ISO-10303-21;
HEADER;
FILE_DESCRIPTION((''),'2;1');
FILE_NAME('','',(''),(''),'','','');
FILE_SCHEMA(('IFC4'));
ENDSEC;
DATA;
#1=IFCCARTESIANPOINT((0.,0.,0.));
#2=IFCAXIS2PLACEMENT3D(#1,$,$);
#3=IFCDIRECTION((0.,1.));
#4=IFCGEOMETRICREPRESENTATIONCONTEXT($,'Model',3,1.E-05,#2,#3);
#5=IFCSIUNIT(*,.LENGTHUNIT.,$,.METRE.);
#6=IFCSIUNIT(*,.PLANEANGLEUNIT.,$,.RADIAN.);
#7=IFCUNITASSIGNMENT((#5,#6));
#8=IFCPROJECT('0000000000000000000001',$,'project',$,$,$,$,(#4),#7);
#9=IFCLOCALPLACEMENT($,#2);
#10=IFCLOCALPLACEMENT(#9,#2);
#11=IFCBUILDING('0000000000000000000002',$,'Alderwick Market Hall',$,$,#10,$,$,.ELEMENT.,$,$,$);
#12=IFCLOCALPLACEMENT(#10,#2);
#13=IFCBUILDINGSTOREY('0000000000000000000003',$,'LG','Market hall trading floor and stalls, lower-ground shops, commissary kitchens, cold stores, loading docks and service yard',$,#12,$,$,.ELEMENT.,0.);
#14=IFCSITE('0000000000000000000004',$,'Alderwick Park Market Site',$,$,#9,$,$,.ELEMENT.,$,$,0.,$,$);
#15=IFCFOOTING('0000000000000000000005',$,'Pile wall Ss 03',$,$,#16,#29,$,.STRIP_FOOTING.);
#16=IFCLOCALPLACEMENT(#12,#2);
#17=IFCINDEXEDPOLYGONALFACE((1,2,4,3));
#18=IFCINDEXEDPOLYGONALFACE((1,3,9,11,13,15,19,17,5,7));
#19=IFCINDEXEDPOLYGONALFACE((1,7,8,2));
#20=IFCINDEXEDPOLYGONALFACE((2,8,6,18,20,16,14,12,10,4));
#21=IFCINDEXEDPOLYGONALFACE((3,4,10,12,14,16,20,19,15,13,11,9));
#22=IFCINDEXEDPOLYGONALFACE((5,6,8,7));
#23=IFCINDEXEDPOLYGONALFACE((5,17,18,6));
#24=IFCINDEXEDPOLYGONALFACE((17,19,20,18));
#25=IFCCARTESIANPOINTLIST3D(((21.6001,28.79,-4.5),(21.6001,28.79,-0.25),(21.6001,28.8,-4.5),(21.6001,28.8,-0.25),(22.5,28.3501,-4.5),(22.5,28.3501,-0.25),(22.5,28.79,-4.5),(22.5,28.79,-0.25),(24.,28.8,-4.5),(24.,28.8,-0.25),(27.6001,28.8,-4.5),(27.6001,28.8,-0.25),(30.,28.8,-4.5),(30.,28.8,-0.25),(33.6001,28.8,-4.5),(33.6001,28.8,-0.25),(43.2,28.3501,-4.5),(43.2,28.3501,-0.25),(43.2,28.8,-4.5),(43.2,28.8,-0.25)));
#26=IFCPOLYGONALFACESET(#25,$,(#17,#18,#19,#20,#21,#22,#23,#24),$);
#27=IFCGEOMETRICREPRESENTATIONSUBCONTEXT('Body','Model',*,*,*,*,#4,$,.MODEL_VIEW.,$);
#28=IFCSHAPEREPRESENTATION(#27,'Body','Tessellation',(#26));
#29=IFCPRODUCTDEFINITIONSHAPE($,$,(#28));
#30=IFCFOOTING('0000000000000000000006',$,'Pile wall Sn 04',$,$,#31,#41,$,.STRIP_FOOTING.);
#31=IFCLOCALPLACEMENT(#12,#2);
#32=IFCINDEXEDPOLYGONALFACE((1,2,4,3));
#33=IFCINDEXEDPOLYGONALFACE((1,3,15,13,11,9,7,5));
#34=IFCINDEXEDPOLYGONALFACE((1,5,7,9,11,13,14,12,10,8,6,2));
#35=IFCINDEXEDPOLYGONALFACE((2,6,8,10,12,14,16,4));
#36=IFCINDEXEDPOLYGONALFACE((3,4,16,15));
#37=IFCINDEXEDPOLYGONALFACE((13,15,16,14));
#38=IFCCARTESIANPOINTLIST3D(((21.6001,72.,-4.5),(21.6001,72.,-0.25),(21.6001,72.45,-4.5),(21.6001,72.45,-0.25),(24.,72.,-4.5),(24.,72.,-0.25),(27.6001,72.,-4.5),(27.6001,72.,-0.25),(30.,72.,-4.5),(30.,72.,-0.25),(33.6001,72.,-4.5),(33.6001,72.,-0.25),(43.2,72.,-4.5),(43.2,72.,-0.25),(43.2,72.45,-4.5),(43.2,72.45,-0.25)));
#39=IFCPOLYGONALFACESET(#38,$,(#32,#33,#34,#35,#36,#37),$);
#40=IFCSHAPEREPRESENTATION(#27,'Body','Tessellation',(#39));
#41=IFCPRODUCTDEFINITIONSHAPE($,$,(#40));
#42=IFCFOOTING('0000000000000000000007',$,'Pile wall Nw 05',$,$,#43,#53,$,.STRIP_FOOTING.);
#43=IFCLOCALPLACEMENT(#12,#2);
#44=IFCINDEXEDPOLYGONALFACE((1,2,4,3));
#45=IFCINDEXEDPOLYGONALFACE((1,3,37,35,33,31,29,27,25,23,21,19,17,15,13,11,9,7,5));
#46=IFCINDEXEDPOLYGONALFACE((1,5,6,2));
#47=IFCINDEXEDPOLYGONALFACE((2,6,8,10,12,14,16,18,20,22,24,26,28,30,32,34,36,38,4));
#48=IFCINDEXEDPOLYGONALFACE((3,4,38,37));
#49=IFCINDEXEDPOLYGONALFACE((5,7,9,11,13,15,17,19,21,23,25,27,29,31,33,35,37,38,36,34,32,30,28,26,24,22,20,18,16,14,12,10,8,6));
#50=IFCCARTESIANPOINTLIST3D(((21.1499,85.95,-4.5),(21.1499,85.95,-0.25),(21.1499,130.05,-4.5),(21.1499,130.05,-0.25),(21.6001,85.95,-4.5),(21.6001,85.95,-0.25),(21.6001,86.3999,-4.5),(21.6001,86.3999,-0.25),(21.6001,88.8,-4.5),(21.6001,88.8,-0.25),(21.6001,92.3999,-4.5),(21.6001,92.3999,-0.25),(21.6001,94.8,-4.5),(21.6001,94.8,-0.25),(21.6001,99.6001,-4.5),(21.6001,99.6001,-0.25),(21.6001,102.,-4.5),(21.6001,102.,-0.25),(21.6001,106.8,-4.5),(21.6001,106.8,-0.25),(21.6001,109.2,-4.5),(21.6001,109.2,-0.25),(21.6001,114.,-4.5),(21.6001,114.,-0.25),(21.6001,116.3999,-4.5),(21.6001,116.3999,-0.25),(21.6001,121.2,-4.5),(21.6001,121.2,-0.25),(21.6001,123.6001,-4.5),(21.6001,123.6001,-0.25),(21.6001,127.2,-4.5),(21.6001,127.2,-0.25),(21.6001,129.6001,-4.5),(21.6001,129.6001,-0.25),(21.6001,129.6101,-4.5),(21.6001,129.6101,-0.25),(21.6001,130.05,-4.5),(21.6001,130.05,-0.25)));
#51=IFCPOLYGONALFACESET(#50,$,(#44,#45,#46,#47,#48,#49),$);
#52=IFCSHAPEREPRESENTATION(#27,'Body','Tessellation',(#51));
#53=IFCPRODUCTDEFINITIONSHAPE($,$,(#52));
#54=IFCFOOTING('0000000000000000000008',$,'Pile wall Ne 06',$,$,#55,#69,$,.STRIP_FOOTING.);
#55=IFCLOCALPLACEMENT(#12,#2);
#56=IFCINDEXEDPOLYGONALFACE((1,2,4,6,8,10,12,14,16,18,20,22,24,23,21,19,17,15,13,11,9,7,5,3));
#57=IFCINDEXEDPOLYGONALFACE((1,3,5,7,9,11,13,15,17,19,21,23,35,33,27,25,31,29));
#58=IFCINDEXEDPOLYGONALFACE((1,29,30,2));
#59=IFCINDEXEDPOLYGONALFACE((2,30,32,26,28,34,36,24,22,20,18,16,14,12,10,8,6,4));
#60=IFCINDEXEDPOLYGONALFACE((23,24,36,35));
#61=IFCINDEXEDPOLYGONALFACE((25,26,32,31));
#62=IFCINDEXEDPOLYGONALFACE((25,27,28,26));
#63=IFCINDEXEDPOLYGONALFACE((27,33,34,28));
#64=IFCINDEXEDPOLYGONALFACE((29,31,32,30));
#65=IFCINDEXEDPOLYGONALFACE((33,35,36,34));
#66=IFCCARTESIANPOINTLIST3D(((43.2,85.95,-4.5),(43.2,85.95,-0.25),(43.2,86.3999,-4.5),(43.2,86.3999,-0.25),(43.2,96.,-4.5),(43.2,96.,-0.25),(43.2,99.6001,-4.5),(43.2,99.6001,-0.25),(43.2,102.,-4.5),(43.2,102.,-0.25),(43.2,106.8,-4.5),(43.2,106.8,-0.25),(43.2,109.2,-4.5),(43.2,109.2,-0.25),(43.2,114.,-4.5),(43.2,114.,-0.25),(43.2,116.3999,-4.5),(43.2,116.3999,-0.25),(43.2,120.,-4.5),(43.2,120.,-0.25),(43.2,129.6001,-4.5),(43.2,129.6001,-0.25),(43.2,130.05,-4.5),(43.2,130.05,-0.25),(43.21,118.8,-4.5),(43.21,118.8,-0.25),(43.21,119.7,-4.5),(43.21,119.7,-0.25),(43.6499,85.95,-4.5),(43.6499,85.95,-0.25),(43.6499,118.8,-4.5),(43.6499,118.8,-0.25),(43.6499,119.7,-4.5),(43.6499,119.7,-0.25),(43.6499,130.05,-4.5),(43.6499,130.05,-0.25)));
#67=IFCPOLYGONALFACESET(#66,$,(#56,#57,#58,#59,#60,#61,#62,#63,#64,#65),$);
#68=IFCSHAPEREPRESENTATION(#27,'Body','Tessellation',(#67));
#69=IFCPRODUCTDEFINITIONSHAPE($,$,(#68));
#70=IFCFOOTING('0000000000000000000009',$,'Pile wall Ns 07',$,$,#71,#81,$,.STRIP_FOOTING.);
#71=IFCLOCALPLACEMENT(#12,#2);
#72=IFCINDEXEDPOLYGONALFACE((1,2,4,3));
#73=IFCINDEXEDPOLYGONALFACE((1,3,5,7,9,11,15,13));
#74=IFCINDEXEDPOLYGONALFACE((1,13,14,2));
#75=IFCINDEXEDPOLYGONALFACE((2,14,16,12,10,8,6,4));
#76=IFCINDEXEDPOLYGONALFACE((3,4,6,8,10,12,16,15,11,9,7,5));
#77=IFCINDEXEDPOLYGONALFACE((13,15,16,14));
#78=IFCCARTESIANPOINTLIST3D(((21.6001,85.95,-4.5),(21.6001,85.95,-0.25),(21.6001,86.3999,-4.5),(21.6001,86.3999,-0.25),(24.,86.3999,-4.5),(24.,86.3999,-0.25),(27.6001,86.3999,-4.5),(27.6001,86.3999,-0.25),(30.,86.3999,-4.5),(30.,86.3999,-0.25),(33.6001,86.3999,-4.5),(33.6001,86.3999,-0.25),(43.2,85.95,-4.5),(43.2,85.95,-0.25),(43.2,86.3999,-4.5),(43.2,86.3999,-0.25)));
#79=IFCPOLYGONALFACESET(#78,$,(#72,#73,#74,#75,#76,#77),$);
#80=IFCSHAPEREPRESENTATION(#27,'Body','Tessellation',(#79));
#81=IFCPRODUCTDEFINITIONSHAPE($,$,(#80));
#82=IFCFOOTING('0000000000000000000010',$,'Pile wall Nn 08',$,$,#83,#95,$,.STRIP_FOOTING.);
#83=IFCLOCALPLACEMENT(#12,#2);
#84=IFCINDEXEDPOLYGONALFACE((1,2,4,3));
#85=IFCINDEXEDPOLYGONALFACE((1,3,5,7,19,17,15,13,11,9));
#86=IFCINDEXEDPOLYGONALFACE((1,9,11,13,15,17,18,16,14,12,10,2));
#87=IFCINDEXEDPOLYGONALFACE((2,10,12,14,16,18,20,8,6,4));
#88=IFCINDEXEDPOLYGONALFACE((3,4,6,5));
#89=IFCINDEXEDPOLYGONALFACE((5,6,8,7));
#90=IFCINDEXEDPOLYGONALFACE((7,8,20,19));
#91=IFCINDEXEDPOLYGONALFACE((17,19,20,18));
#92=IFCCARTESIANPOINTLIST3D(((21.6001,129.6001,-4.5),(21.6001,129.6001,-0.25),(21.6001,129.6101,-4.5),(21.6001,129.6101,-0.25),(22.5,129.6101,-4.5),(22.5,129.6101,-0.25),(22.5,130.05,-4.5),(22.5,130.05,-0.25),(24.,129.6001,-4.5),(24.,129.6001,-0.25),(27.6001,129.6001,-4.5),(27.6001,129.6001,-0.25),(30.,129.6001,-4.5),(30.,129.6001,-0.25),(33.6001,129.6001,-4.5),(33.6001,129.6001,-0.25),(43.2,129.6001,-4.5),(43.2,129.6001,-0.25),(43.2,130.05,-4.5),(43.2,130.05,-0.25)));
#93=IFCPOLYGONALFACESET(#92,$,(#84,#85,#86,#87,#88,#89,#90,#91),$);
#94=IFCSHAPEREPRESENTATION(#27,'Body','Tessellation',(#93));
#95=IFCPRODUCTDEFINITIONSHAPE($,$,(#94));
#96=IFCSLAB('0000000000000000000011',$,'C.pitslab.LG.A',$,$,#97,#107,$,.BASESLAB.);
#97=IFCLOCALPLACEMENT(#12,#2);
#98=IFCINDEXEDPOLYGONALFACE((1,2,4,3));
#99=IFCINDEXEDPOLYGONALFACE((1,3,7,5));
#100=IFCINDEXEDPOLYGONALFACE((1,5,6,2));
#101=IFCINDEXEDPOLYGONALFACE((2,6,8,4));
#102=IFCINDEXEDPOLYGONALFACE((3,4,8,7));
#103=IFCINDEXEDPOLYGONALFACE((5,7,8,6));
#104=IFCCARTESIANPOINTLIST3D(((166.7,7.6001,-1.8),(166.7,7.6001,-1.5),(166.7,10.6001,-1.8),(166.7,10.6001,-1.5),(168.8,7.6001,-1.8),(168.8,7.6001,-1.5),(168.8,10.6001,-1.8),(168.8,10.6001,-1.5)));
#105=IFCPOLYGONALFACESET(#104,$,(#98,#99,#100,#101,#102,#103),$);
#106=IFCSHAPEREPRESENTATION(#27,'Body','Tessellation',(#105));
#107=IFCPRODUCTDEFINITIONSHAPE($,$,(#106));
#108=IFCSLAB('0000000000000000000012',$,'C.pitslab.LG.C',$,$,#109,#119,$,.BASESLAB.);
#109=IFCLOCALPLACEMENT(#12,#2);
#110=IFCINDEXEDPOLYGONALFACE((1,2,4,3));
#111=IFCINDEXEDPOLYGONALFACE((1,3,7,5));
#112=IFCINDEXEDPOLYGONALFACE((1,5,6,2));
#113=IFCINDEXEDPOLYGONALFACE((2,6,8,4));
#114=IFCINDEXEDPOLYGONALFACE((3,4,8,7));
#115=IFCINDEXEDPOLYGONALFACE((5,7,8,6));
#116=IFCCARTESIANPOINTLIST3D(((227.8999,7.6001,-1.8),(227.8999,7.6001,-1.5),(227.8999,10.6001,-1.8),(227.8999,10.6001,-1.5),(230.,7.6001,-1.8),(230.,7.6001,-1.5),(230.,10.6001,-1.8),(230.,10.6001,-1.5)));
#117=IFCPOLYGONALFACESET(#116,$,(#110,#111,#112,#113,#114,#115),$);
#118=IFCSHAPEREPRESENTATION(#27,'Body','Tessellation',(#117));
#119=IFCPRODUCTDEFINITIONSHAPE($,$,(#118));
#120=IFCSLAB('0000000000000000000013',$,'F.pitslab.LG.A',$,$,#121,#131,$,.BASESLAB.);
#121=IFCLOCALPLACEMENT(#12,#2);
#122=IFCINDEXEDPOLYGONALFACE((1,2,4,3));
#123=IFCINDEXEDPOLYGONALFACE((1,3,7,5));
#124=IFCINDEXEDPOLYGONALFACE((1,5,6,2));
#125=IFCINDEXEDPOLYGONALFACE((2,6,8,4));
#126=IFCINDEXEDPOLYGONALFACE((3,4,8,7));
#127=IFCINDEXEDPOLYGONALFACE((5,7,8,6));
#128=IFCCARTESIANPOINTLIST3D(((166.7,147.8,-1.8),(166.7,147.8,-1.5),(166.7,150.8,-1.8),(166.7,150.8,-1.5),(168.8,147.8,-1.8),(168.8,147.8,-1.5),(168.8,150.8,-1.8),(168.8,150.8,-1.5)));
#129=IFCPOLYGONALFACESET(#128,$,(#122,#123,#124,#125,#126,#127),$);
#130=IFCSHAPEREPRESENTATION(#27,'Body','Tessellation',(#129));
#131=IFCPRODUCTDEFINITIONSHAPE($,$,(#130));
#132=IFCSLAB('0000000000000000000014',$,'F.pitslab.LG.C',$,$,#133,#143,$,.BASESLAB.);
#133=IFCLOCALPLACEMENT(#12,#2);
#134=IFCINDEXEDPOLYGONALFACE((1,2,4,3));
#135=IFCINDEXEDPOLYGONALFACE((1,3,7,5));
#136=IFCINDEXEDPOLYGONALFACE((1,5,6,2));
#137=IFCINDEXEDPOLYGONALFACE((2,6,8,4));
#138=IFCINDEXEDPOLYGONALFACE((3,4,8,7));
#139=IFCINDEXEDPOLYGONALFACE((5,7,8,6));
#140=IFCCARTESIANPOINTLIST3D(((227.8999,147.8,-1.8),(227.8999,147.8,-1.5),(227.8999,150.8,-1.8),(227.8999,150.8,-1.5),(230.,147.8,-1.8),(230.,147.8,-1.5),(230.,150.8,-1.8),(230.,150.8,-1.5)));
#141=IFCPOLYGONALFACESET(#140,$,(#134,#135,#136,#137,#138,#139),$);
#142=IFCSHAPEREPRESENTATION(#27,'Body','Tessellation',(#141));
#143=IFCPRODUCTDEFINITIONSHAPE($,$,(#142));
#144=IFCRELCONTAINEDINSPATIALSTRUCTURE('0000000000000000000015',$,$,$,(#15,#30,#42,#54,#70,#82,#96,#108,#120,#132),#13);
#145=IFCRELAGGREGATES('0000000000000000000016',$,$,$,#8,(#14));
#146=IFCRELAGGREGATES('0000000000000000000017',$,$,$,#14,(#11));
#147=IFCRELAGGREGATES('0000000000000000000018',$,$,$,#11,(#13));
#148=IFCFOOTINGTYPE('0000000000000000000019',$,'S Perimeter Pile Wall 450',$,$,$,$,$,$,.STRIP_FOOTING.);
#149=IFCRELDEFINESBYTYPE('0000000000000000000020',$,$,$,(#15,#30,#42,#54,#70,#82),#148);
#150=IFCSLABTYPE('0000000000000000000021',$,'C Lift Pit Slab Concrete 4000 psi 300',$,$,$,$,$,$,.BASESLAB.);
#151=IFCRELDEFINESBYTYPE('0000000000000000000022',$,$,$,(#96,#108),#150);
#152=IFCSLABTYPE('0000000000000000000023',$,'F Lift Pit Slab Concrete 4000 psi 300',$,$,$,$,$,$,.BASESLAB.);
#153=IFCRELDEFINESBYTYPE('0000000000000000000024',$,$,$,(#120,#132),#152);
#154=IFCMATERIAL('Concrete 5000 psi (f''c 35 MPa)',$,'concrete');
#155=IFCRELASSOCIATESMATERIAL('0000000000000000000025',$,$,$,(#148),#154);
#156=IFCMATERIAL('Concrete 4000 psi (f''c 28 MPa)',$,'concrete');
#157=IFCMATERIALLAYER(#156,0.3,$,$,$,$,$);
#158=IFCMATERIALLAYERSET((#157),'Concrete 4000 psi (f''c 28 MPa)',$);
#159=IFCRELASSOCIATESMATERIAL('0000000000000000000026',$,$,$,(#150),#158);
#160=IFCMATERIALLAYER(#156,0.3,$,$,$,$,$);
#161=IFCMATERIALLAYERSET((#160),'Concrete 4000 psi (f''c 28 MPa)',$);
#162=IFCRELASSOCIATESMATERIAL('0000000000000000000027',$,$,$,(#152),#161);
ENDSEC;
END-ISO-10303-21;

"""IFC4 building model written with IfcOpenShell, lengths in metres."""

from ifc_helpers import new_model, si_unit, direction, frame, origin, place, context, subcontext, project, spatial, polyline, outline, extrude, material, layer, layer_set, type_object, element, save


model = new_model("IFC4")

# Units and contexts
model_context = context("Model", 3, precision=1e-05, world=origin(), true_north=direction((0.0, 1.0)))
body_context = subcontext(model_context, "Body", "Model", "MODEL_VIEW")
ifc_project = project(units=[si_unit("LENGTHUNIT", "METRE"), si_unit("PLANEANGLEUNIT", "RADIAN")], contexts=[model_context])

# Site, building, storey
site_placement = place(None, origin())
site = spatial("IfcSite", under=ifc_project, at=site_placement, Name="Alderwick Park Market Site", CompositionType="ELEMENT", RefElevation=0.0)
building_placement = place(site_placement, origin())
building = spatial("IfcBuilding", under=site, at=building_placement, Name="Alderwick Market Hall", CompositionType="ELEMENT")
storey_placement = place(building_placement, origin())
storey = spatial("IfcBuildingStorey", under=building, at=storey_placement, Name="LG", Description="Market hall trading floor and stalls, lower-ground shops, commissary kitchens, cold stores, loading docks and service yard", CompositionType="ELEMENT", Elevation=0.0)

# Footings
ifc_material_1 = material(Name="Concrete 5000 psi (f'c 35 MPa)", Category="concrete")
ifc_material_2 = material(Name="Concrete 4000 psi (f'c 28 MPa)", Category="concrete")
footing_type_1 = type_object("IfcFootingType", Name="S Perimeter Pile Wall 450", PredefinedType="STRIP_FOOTING", material=ifc_material_1)
footing_1_placement = place(storey_placement, frame((0.0, 0.0, -4.5)))
element("IfcFooting", 1, at=footing_1_placement, inside=storey, type_object=footing_type_1, Name="Pile wall Ss 03", PredefinedType="STRIP_FOOTING", context=body_context, shape_type="SweptSolid", body=[
    extrude(outline(polyline([(43.2, 28.8), (33.6001, 28.8), (30.0, 28.8), (27.6001, 28.8), (24.0, 28.8), (21.6001, 28.8), (21.6001, 28.79), (22.5, 28.79), (22.5, 28.3501), (43.2, 28.3501), (43.2, 28.8)])), origin(), (0.0, 0.0, 1.0), 4.25),
])
footing_2_placement = place(storey_placement, frame((0.0, 0.0, -4.5)))
element("IfcFooting", 2, at=footing_2_placement, inside=storey, type_object=footing_type_1, Name="Pile wall Sn 04", PredefinedType="STRIP_FOOTING", context=body_context, shape_type="SweptSolid", body=[
    extrude(outline(polyline([(21.6001, 72.0), (24.0, 72.0), (27.6001, 72.0), (30.0, 72.0), (33.6001, 72.0), (43.2, 72.0), (43.2, 72.45), (21.6001, 72.45), (21.6001, 72.0)])), origin(), (0.0, 0.0, 1.0), 4.25),
])
footing_3_placement = place(storey_placement, frame((0.0, 0.0, -4.5)))
element("IfcFooting", 3, at=footing_3_placement, inside=storey, type_object=footing_type_1, Name="Pile wall Nw 05", PredefinedType="STRIP_FOOTING", context=body_context, shape_type="SweptSolid", body=[
    extrude(outline(polyline([(21.6001, 86.3999), (21.6001, 88.8), (21.6001, 92.3999), (21.6001, 94.8), (21.6001, 99.6001), (21.6001, 102.0), (21.6001, 106.8), (21.6001, 109.2), (21.6001, 114.0), (21.6001, 116.3999), (21.6001, 121.2), (21.6001, 123.6001), (21.6001, 127.2), (21.6001, 129.6001), (21.6001, 129.6101), (21.6001, 130.05), (21.1499, 130.05), (21.1499, 85.95), (21.6001, 85.95), (21.6001, 86.3999)])), origin(), (0.0, 0.0, 1.0), 4.25),
])
footing_4_placement = place(storey_placement, frame((0.0, 0.0, -4.5)))
element("IfcFooting", 4, at=footing_4_placement, inside=storey, type_object=footing_type_1, Name="Pile wall Ne 06", PredefinedType="STRIP_FOOTING", context=body_context, shape_type="SweptSolid", body=[
    extrude(outline(polyline([(43.6499, 118.8), (43.21, 118.8), (43.21, 119.7), (43.6499, 119.7), (43.6499, 130.05), (43.2, 130.05), (43.2, 129.6001), (43.2, 120.0), (43.2, 116.3999), (43.2, 114.0), (43.2, 109.2), (43.2, 106.8), (43.2, 102.0), (43.2, 99.6001), (43.2, 96.0), (43.2, 86.3999), (43.2, 85.95), (43.6499, 85.95), (43.6499, 118.8)])), origin(), (0.0, 0.0, 1.0), 4.25),
])
footing_5_placement = place(storey_placement, frame((0.0, 0.0, -4.5)))
element("IfcFooting", 5, at=footing_5_placement, inside=storey, type_object=footing_type_1, Name="Pile wall Ns 07", PredefinedType="STRIP_FOOTING", context=body_context, shape_type="SweptSolid", body=[
    extrude(outline(polyline([(43.2, 86.3999), (33.6001, 86.3999), (30.0, 86.3999), (27.6001, 86.3999), (24.0, 86.3999), (21.6001, 86.3999), (21.6001, 85.95), (43.2, 85.95), (43.2, 86.3999)])), origin(), (0.0, 0.0, 1.0), 4.25),
])
footing_6_placement = place(storey_placement, frame((0.0, 0.0, -4.5)))
element("IfcFooting", 6, at=footing_6_placement, inside=storey, type_object=footing_type_1, Name="Pile wall Nn 08", PredefinedType="STRIP_FOOTING", context=body_context, shape_type="SweptSolid", body=[
    extrude(outline(polyline([(22.5, 130.05), (22.5, 129.6101), (21.6001, 129.6101), (21.6001, 129.6001), (24.0, 129.6001), (27.6001, 129.6001), (30.0, 129.6001), (33.6001, 129.6001), (43.2, 129.6001), (43.2, 130.05), (22.5, 130.05)])), origin(), (0.0, 0.0, 1.0), 4.25),
])

# Slabs
ifc_layer_1 = layer(ifc_material_2, 0.3)
ifc_layer_set_1 = layer_set([ifc_layer_1], Name="Concrete 4000 psi (f'c 28 MPa)")
slab_type_1 = type_object("IfcSlabType", Name="C Lift Pit Slab Concrete 4000 psi 300", PredefinedType="BASESLAB", material=ifc_layer_set_1)
slab_1_placement = place(storey_placement, frame((0.0, 0.0, -1.8)))
element("IfcSlab", 7, at=slab_1_placement, inside=storey, type_object=slab_type_1, Name="C.pitslab.LG.A", PredefinedType="BASESLAB", context=body_context, shape_type="SweptSolid", body=[
    extrude(outline(polyline([(166.7, 10.6001), (168.8, 10.6001), (168.8, 7.6001), (166.7, 7.6001), (166.7, 10.6001)])), origin(), (0.0, 0.0, 1.0), 0.3),
])
slab_2_placement = place(storey_placement, frame((0.0, 0.0, -1.8)))
element("IfcSlab", 8, at=slab_2_placement, inside=storey, type_object=slab_type_1, Name="C.pitslab.LG.C", PredefinedType="BASESLAB", context=body_context, shape_type="SweptSolid", body=[
    extrude(outline(polyline([(227.8999, 10.6001), (230.0, 10.6001), (230.0, 7.6001), (227.8999, 7.6001), (227.8999, 10.6001)])), origin(), (0.0, 0.0, 1.0), 0.3),
])
ifc_layer_2 = layer(ifc_material_2, 0.3)
ifc_layer_set_2 = layer_set([ifc_layer_2], Name="Concrete 4000 psi (f'c 28 MPa)")
slab_type_2 = type_object("IfcSlabType", Name="F Lift Pit Slab Concrete 4000 psi 300", PredefinedType="BASESLAB", material=ifc_layer_set_2)
slab_3_placement = place(storey_placement, frame((0.0, 0.0, -1.8)))
element("IfcSlab", 9, at=slab_3_placement, inside=storey, type_object=slab_type_2, Name="F.pitslab.LG.A", PredefinedType="BASESLAB", context=body_context, shape_type="SweptSolid", body=[
    extrude(outline(polyline([(166.7, 147.8), (168.8, 147.8), (168.8, 150.8), (166.7, 150.8), (166.7, 147.8)])), origin(), (0.0, 0.0, 1.0), 0.3),
])
slab_4_placement = place(storey_placement, frame((0.0, 0.0, -1.8)))
element("IfcSlab", 10, at=slab_4_placement, inside=storey, type_object=slab_type_2, Name="F.pitslab.LG.C", PredefinedType="BASESLAB", context=body_context, shape_type="SweptSolid", body=[
    extrude(outline(polyline([(227.8999, 147.8), (230.0, 147.8), (230.0, 150.8), (227.8999, 150.8), (227.8999, 147.8)])), origin(), (0.0, 0.0, 1.0), 0.3),
])

save(model, "model.ifc")
